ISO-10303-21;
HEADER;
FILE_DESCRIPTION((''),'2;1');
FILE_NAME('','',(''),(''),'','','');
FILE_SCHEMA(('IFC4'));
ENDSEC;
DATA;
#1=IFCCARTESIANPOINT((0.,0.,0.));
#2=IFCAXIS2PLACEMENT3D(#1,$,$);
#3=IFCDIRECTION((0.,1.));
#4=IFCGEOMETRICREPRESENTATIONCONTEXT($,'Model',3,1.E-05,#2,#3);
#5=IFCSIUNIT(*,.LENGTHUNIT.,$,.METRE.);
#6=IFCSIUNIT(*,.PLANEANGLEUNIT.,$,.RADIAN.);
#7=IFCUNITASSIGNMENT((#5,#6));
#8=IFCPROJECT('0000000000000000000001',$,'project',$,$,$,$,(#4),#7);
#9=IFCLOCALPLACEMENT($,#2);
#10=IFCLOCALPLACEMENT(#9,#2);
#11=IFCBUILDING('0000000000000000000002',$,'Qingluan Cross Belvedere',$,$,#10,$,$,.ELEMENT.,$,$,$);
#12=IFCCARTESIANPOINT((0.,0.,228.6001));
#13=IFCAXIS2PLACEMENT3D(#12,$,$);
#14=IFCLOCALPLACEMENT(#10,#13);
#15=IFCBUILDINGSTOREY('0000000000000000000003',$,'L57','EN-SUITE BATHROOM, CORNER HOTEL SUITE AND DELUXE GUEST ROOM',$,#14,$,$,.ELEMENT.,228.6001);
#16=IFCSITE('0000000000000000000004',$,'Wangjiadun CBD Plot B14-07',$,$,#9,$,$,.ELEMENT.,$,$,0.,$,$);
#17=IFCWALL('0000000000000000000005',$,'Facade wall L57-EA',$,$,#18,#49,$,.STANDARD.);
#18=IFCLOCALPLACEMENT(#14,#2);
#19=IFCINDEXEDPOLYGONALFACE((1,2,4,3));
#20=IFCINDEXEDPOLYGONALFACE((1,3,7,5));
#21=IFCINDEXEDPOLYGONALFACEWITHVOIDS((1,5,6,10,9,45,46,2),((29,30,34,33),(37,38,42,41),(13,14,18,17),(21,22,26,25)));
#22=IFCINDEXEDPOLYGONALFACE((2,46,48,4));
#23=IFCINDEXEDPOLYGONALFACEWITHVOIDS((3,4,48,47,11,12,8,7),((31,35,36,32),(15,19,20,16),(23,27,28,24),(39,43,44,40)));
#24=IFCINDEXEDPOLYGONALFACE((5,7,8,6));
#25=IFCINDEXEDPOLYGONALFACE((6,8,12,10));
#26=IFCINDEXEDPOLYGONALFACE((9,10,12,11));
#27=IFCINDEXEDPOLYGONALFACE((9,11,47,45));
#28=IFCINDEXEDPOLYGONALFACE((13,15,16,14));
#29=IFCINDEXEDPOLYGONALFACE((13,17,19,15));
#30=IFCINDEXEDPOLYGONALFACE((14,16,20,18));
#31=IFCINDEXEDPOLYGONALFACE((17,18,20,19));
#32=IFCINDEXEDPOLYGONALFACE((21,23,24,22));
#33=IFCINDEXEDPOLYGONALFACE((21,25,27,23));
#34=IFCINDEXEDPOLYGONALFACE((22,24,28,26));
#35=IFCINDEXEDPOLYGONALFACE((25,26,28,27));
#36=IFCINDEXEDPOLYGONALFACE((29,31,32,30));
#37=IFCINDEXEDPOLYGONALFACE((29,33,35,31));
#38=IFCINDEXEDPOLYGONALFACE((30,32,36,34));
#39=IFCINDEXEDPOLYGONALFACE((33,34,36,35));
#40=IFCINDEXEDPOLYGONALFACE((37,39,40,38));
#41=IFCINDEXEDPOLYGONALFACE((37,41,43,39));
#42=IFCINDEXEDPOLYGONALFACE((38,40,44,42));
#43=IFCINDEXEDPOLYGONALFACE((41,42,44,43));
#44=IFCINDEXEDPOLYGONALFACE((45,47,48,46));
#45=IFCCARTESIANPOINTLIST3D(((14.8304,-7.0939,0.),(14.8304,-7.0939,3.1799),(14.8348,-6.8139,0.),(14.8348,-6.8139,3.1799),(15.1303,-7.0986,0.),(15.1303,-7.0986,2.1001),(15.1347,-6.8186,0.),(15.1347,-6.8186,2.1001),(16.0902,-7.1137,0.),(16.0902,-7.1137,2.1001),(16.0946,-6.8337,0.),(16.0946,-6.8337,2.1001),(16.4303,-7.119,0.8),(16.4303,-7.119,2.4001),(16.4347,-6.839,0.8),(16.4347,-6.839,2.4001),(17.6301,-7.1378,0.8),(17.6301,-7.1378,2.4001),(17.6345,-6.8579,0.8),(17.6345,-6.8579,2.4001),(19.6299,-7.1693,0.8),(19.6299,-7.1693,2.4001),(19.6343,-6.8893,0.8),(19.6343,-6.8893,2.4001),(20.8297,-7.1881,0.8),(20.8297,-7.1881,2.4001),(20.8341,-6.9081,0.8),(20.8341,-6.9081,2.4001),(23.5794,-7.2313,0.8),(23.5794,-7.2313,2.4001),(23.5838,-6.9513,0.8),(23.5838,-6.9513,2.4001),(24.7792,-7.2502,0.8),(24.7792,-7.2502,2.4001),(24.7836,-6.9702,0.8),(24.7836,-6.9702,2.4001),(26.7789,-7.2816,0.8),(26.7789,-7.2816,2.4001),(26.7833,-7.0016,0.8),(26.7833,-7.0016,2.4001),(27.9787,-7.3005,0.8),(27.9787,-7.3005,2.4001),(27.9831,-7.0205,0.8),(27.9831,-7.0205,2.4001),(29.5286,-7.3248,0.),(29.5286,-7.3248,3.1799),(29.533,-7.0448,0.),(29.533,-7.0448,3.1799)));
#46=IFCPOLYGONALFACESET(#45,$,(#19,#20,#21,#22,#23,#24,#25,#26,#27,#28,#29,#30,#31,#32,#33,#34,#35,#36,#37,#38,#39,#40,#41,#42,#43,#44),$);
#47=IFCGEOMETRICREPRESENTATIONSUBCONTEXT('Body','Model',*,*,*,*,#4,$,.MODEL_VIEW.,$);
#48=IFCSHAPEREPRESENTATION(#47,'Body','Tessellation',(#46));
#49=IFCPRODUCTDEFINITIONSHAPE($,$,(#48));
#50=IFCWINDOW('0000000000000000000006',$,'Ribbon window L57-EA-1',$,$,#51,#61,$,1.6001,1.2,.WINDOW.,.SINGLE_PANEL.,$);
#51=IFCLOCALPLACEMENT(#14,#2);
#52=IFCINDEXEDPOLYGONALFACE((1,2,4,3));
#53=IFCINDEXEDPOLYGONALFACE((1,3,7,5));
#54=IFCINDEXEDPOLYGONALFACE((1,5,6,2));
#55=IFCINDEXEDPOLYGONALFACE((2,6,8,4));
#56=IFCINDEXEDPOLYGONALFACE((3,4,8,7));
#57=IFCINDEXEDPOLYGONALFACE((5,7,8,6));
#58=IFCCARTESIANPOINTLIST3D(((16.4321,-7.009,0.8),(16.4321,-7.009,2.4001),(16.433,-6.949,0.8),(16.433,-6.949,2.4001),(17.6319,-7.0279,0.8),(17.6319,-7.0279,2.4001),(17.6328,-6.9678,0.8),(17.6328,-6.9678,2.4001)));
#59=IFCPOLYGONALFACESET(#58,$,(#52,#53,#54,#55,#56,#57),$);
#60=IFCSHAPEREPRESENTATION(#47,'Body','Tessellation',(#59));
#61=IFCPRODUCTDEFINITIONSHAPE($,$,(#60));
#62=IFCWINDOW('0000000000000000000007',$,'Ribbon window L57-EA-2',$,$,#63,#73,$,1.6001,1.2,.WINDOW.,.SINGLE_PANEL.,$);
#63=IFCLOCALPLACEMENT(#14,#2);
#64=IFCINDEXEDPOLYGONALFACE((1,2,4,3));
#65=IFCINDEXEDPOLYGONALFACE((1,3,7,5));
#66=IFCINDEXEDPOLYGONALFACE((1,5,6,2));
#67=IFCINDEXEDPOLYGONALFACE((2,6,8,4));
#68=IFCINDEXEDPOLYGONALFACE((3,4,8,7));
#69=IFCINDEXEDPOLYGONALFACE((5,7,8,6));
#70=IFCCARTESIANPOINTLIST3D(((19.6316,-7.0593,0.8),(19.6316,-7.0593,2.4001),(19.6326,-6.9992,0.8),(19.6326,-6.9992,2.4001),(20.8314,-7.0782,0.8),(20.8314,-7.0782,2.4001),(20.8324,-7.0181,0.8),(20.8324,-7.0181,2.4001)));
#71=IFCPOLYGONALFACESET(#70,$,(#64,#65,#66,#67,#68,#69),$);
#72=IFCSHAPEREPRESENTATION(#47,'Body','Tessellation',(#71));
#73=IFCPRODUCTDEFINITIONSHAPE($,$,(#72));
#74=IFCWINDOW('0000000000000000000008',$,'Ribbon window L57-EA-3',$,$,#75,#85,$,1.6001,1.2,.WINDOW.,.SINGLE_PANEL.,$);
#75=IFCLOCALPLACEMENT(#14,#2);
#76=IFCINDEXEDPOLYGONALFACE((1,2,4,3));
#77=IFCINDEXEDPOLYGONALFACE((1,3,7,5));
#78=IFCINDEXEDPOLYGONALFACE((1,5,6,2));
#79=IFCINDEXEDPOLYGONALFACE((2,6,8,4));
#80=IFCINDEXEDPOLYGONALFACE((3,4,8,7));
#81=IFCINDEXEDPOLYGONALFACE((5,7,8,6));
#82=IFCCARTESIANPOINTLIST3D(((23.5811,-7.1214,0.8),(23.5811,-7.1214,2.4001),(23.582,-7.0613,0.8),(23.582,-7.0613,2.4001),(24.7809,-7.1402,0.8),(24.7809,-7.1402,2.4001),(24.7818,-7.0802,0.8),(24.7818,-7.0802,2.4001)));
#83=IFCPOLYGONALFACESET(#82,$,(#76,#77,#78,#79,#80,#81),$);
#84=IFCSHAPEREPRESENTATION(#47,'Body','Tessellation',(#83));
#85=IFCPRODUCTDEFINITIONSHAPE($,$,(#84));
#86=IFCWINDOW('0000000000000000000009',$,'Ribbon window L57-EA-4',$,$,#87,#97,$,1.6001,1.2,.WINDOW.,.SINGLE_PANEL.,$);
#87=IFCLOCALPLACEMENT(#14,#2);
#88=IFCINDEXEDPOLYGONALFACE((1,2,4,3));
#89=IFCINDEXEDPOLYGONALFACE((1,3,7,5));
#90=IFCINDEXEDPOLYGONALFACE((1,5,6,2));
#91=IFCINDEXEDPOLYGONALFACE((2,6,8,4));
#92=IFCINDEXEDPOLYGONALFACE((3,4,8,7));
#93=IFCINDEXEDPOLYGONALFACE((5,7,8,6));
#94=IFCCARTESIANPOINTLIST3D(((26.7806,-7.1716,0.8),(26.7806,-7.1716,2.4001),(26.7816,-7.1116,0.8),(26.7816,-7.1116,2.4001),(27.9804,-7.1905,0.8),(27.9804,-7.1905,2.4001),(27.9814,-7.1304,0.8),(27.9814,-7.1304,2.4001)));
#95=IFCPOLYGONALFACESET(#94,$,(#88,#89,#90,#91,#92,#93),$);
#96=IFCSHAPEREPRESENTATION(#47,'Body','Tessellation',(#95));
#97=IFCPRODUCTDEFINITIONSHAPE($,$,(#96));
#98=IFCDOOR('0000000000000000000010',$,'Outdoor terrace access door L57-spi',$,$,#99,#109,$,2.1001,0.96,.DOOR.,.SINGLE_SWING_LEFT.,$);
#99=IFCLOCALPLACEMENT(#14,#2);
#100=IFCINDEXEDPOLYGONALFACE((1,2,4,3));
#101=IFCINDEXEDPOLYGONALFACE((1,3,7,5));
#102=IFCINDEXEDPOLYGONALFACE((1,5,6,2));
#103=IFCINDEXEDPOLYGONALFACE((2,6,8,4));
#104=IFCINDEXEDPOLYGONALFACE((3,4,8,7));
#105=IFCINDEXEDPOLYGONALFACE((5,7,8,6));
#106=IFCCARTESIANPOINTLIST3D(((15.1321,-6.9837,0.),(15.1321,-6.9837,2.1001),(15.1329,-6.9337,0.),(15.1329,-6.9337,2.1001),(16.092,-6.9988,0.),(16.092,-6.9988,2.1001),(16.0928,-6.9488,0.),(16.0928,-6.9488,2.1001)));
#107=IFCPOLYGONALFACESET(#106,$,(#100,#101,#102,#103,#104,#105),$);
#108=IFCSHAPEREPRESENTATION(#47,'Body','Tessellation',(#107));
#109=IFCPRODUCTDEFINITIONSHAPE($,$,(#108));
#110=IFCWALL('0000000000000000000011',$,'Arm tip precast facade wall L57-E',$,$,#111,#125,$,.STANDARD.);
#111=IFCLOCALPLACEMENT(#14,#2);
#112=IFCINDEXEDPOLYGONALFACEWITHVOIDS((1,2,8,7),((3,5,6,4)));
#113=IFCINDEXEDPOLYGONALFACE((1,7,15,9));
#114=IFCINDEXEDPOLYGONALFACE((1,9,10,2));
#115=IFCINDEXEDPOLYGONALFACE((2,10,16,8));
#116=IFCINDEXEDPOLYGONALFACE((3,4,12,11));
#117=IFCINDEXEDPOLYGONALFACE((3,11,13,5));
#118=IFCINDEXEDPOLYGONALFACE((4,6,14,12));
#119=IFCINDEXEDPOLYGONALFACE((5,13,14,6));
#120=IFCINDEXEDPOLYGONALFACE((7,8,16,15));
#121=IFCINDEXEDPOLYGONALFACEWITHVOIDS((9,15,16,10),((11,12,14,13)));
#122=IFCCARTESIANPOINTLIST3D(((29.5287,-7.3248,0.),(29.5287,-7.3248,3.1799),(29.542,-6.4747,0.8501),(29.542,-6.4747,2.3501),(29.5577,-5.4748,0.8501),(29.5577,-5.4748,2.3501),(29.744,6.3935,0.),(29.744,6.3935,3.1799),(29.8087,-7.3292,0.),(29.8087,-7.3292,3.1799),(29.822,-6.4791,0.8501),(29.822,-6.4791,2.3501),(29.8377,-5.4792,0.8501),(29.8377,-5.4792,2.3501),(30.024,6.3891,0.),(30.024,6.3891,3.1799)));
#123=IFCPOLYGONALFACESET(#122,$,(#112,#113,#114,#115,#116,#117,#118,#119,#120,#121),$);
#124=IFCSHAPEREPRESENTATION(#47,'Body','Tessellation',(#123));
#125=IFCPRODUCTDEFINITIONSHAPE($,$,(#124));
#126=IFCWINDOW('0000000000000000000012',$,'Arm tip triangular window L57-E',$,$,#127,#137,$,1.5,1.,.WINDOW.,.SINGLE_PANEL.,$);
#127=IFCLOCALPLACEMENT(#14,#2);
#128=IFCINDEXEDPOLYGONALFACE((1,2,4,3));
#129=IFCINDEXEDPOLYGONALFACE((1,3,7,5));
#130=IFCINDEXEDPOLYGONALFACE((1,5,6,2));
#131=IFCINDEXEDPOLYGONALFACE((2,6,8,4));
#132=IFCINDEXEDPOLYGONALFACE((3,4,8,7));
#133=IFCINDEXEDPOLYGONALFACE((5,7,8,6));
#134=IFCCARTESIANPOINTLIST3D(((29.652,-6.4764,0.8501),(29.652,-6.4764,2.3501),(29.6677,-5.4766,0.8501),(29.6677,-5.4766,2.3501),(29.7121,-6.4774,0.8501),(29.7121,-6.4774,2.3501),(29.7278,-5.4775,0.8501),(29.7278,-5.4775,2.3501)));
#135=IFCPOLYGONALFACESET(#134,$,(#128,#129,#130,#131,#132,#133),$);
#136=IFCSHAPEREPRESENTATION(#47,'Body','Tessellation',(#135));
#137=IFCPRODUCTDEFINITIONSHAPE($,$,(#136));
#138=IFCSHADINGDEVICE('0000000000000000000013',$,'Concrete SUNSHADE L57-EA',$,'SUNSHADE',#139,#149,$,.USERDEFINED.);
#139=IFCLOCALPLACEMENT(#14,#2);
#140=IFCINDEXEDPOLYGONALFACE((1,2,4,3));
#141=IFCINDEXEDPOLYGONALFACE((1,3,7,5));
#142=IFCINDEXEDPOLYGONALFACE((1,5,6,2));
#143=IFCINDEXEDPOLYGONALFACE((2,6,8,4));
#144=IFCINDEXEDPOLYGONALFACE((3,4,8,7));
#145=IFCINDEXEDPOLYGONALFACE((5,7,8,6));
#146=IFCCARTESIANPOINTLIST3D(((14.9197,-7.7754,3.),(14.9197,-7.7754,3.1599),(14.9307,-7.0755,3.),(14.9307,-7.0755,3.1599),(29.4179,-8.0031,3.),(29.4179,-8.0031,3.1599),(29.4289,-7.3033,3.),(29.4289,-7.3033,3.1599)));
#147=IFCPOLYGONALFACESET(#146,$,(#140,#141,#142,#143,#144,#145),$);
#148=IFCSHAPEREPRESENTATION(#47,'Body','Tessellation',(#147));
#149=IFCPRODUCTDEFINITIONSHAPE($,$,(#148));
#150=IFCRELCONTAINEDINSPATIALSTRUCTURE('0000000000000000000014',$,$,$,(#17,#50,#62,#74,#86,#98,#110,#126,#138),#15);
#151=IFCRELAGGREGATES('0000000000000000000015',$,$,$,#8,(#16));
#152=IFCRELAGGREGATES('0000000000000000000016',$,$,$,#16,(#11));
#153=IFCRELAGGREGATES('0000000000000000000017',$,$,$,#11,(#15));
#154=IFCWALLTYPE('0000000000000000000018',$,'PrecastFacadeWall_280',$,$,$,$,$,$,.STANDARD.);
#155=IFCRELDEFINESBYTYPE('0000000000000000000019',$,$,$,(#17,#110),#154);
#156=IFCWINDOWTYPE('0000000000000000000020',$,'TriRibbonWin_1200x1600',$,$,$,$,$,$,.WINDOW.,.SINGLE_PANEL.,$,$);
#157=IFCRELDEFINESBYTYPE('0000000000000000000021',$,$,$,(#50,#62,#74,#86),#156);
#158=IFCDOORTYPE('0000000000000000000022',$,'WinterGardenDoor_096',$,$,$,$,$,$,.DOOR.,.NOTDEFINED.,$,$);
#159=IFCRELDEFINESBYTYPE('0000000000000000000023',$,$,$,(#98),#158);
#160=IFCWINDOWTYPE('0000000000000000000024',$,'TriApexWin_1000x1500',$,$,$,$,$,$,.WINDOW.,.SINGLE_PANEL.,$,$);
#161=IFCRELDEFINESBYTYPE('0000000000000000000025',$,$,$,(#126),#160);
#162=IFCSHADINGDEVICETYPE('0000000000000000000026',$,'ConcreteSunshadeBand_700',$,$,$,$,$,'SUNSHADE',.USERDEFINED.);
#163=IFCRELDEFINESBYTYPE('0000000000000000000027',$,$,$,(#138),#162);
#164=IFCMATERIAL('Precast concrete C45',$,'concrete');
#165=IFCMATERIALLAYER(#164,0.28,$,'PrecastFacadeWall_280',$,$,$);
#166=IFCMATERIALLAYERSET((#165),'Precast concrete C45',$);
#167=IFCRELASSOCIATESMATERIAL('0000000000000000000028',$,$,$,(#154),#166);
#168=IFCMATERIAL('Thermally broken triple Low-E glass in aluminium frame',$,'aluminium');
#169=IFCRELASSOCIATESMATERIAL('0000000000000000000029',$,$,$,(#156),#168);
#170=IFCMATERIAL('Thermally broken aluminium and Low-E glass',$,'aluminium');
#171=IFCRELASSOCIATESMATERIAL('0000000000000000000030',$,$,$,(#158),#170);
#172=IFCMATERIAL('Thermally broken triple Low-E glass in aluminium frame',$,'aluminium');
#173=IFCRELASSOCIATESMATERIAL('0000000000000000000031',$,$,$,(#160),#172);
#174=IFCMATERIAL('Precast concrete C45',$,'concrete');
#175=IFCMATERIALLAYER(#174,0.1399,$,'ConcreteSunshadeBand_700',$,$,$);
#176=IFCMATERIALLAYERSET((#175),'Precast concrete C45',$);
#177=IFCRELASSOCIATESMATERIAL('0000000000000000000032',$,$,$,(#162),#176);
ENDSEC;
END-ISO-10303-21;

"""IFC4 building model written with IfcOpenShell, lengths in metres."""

from ifc_helpers import new_model, si_unit, direction, frame, frame_2d, origin, origin_2d, place, context, subcontext, project, spatial, rectangle, extrude, material, layer, layer_set, type_object, element, fill, save


model = new_model("IFC4")

# Units and contexts
model_context = context("Model", 3, precision=1e-05, world=origin(), true_north=direction((0.0, 1.0)))
body_context = subcontext(model_context, "Body", "Model", "MODEL_VIEW")
ifc_project = project(units=[si_unit("LENGTHUNIT", "METRE"), si_unit("PLANEANGLEUNIT", "RADIAN")], contexts=[model_context])

# Site, building, storey
site_placement = place(None, origin())
site = spatial("IfcSite", under=ifc_project, at=site_placement, Name="Wangjiadun CBD Plot B14-07", CompositionType="ELEMENT", RefElevation=0.0)
building_placement = place(site_placement, origin())
building = spatial("IfcBuilding", under=site, at=building_placement, Name="Qingluan Cross Belvedere", CompositionType="ELEMENT")
storey_placement = place(building_placement, frame((0.0, 0.0, 228.6001)))
storey = spatial("IfcBuildingStorey", under=building, at=storey_placement, Name="L57", Description="EN-SUITE BATHROOM, CORNER HOTEL SUITE AND DELUXE GUEST ROOM", CompositionType="ELEMENT", Elevation=228.6001)

# Wall, openings, windows, door
ifc_material_1 = material(Name="Precast concrete C45", Category="concrete")
ifc_layer_1 = layer(ifc_material_1, 0.28, Name="PrecastFacadeWall_280")
ifc_layer_set_1 = layer_set([ifc_layer_1], Name="Precast concrete C45")
wall_type_1 = type_object("IfcWallType", Name="PrecastFacadeWall_280", PredefinedType="STANDARD", material=ifc_layer_set_1)
wall_1_placement = place(storey_placement, frame((14.8325, -6.9539, 0.0), z_axis=(0.0, 0.0, 1.0), x_axis=(0.999877, -0.015711, 0.0)))
wall_1 = element("IfcWall", 1, at=wall_1_placement, inside=storey, type_object=wall_type_1, Name="Facade wall L57-EA", PredefinedType="STANDARD", context=body_context, shape_type="SweptSolid", body=[
    extrude(rectangle(XDim=14.7, YDim=0.28, at=frame_2d((7.3501, 0.0))), origin(), (0.0, 0.0, 1.0), 3.1799),
])
opening_1_placement = place(wall_1_placement, frame((1.6001, 0.0, 0.8)))
opening_1 = element("IfcOpeningElement", 2, at=opening_1_placement, cuts=wall_1, PredefinedType="OPENING", context=body_context, shape_type="SweptSolid", body=[
    extrude(rectangle(XDim=1.2, YDim=1.6001, at=frame_2d((0.6001, 0.8))), frame((0.0, 0.1499, 0.0), z_axis=(0.0, -1.0, 0.0), x_axis=(1.0, 0.0, 0.0)), (0.0, 0.0, 1.0), 0.3),
])
opening_2_placement = place(wall_1_placement, frame((4.8, 0.0, 0.8)))
opening_2 = element("IfcOpeningElement", 3, at=opening_2_placement, cuts=wall_1, PredefinedType="OPENING", context=body_context, shape_type="SweptSolid", body=[
    extrude(rectangle(XDim=1.2, YDim=1.6001, at=frame_2d((0.6001, 0.8))), frame((0.0, 0.1499, 0.0), z_axis=(0.0, -1.0, 0.0), x_axis=(1.0, 0.0, 0.0)), (0.0, 0.0, 1.0), 0.3),
])
opening_3_placement = place(wall_1_placement, frame((8.75, 0.0, 0.8)))
opening_3 = element("IfcOpeningElement", 4, at=opening_3_placement, cuts=wall_1, PredefinedType="OPENING", context=body_context, shape_type="SweptSolid", body=[
    extrude(rectangle(XDim=1.2, YDim=1.6001, at=frame_2d((0.6001, 0.8))), frame((0.0, 0.1499, 0.0), z_axis=(0.0, -1.0, 0.0), x_axis=(1.0, 0.0, 0.0)), (0.0, 0.0, 1.0), 0.3),
])
opening_4_placement = place(wall_1_placement, frame((11.95, 0.0, 0.8)))
opening_4 = element("IfcOpeningElement", 5, at=opening_4_placement, cuts=wall_1, PredefinedType="OPENING", context=body_context, shape_type="SweptSolid", body=[
    extrude(rectangle(XDim=1.2, YDim=1.6001, at=frame_2d((0.6001, 0.8))), frame((0.0, 0.1499, 0.0), z_axis=(0.0, -1.0, 0.0), x_axis=(1.0, 0.0, 0.0)), (0.0, 0.0, 1.0), 0.3),
])
opening_5_placement = place(wall_1_placement, frame((0.3, 0.0, 0.0)))
opening_5 = element("IfcOpeningElement", 6, at=opening_5_placement, cuts=wall_1, PredefinedType="OPENING", context=body_context, shape_type="SweptSolid", body=[
    extrude(rectangle(XDim=0.96, YDim=2.1001, at=frame_2d((0.48, 1.05))), frame((0.0, 0.1499, 0.0), z_axis=(0.0, -1.0, 0.0), x_axis=(1.0, 0.0, 0.0)), (0.0, 0.0, 1.0), 0.3),
])
ifc_material_2 = material(Name="Thermally broken triple Low-E glass in aluminium frame", Category="aluminium")
window_type_1 = type_object("IfcWindowType", Name="TriRibbonWin_1200x1600", PartitioningType="SINGLE_PANEL", PredefinedType="WINDOW", material=ifc_material_2)
window_1_placement = place(opening_1_placement, origin())
window_1 = element("IfcWindow", 7, at=window_1_placement, inside=storey, type_object=window_type_1, Name="Ribbon window L57-EA-1", OverallHeight=1.6001, OverallWidth=1.2, PartitioningType="SINGLE_PANEL", PredefinedType="WINDOW", context=body_context, shape_type="SweptSolid", body=[
    extrude(rectangle(XDim=1.2, YDim=1.6001, at=frame_2d((0.6001, 0.8))), frame((0.0, 0.03, 0.0), z_axis=(0.0, -1.0, 0.0), x_axis=(1.0, 0.0, 0.0)), (0.0, 0.0, 1.0), 0.0601),
])
fill(opening_1, window_1)
window_2_placement = place(opening_2_placement, origin())
window_2 = element("IfcWindow", 8, at=window_2_placement, inside=storey, type_object=window_type_1, Name="Ribbon window L57-EA-2", OverallHeight=1.6001, OverallWidth=1.2, PartitioningType="SINGLE_PANEL", PredefinedType="WINDOW", context=body_context, shape_type="SweptSolid", body=[
    extrude(rectangle(XDim=1.2, YDim=1.6001, at=frame_2d((0.6001, 0.8))), frame((0.0, 0.03, 0.0), z_axis=(0.0, -1.0, 0.0), x_axis=(1.0, 0.0, 0.0)), (0.0, 0.0, 1.0), 0.0601),
])
fill(opening_2, window_2)
window_3_placement = place(opening_3_placement, origin())
window_3 = element("IfcWindow", 9, at=window_3_placement, inside=storey, type_object=window_type_1, Name="Ribbon window L57-EA-3", OverallHeight=1.6001, OverallWidth=1.2, PartitioningType="SINGLE_PANEL", PredefinedType="WINDOW", context=body_context, shape_type="SweptSolid", body=[
    extrude(rectangle(XDim=1.2, YDim=1.6001, at=frame_2d((0.6001, 0.8))), frame((0.0, 0.03, 0.0), z_axis=(0.0, -1.0, 0.0), x_axis=(1.0, 0.0, 0.0)), (0.0, 0.0, 1.0), 0.0601),
])
fill(opening_3, window_3)
window_4_placement = place(opening_4_placement, origin())
window_4 = element("IfcWindow", 10, at=window_4_placement, inside=storey, type_object=window_type_1, Name="Ribbon window L57-EA-4", OverallHeight=1.6001, OverallWidth=1.2, PartitioningType="SINGLE_PANEL", PredefinedType="WINDOW", context=body_context, shape_type="SweptSolid", body=[
    extrude(rectangle(XDim=1.2, YDim=1.6001, at=frame_2d((0.6001, 0.8))), frame((0.0, 0.03, 0.0), z_axis=(0.0, -1.0, 0.0), x_axis=(1.0, 0.0, 0.0)), (0.0, 0.0, 1.0), 0.0601),
])
fill(opening_4, window_4)
ifc_material_3 = material(Name="Thermally broken aluminium and Low-E glass", Category="aluminium")
door_type_1 = type_object("IfcDoorType", Name="WinterGardenDoor_096", OperationType="NOTDEFINED", PredefinedType="DOOR", material=ifc_material_3)
door_1_placement = place(opening_5_placement, origin())
door_1 = element("IfcDoor", 11, at=door_1_placement, inside=storey, type_object=door_type_1, Name="Outdoor terrace access door L57-spi", OperationType="SINGLE_SWING_LEFT", OverallHeight=2.1001, OverallWidth=0.96, PredefinedType="DOOR", context=body_context, shape_type="SweptSolid", body=[
    extrude(rectangle(XDim=0.96, YDim=2.1001, at=frame_2d((0.48, 1.05))), frame((0.0, 0.0249, 0.0), z_axis=(0.0, -1.0, 0.0), x_axis=(1.0, 0.0, 0.0)), (0.0, 0.0, 1.0), 0.05),
])
fill(opening_5, door_1)

# Wall, opening, window
wall_2_placement = place(storey_placement, frame((29.6687, -7.3269, 0.0), z_axis=(0.0, 0.0, 1.0), x_axis=(0.015695, 0.999877, 0.0)))
wall_2 = element("IfcWall", 12, at=wall_2_placement, inside=storey, type_object=wall_type_1, Name="Arm tip precast facade wall L57-E", PredefinedType="STANDARD", context=body_context, shape_type="SweptSolid", body=[
    extrude(rectangle(XDim=13.72, YDim=0.28, at=frame_2d((6.8599, 0.0))), origin(), (0.0, 0.0, 1.0), 3.1799),
])
opening_6_placement = place(wall_2_placement, frame((0.8501, 0.0, 0.8501)))
opening_6 = element("IfcOpeningElement", 13, at=opening_6_placement, cuts=wall_2, PredefinedType="OPENING", context=body_context, shape_type="SweptSolid", body=[
    extrude(rectangle(XDim=1.0, YDim=1.5, at=frame_2d((0.5, 0.75))), frame((0.0, 0.1499, 0.0), z_axis=(0.0, -1.0, 0.0), x_axis=(1.0, 0.0, 0.0)), (0.0, 0.0, 1.0), 0.3),
])
ifc_material_4 = material(Name="Thermally broken triple Low-E glass in aluminium frame", Category="aluminium")
window_type_2 = type_object("IfcWindowType", Name="TriApexWin_1000x1500", PartitioningType="SINGLE_PANEL", PredefinedType="WINDOW", material=ifc_material_4)
window_5_placement = place(opening_6_placement, origin())
window_5 = element("IfcWindow", 14, at=window_5_placement, inside=storey, type_object=window_type_2, Name="Arm tip triangular window L57-E", OverallHeight=1.5, OverallWidth=1.0, PartitioningType="SINGLE_PANEL", PredefinedType="WINDOW", context=body_context, shape_type="SweptSolid", body=[
    extrude(rectangle(XDim=1.0, YDim=1.5, at=frame_2d((0.5, 0.75))), frame((0.0, 0.03, 0.0), z_axis=(0.0, -1.0, 0.0), x_axis=(1.0, 0.0, 0.0)), (0.0, 0.0, 1.0), 0.0601),
])
fill(opening_6, window_5)

# Shading device
ifc_material_5 = material(Name="Precast concrete C45", Category="concrete")
ifc_layer_2 = layer(ifc_material_5, 0.1399, Name="ConcreteSunshadeBand_700")
ifc_layer_set_2 = layer_set([ifc_layer_2], Name="Precast concrete C45")
shading_device_type = type_object("IfcShadingDeviceType", Name="ConcreteSunshadeBand_700", ElementType="SUNSHADE", PredefinedType="USERDEFINED", material=ifc_layer_set_2)
shading_device_placement = place(storey_placement, frame((22.1743, -7.5393, 3.0), z_axis=(0.0, 0.0, 1.0), x_axis=(0.999877, -0.015707, 0.0)))
element("IfcShadingDevice", 15, at=shading_device_placement, inside=storey, type_object=shading_device_type, Name="Concrete SUNSHADE L57-EA", ObjectType="SUNSHADE", PredefinedType="USERDEFINED", context=body_context, shape_type="SweptSolid", body=[
    extrude(rectangle(XDim=14.5, YDim=0.7, at=origin_2d()), origin(), (0.0, 0.0, 1.0), 0.1599),
])

save(model, "model.ifc")
